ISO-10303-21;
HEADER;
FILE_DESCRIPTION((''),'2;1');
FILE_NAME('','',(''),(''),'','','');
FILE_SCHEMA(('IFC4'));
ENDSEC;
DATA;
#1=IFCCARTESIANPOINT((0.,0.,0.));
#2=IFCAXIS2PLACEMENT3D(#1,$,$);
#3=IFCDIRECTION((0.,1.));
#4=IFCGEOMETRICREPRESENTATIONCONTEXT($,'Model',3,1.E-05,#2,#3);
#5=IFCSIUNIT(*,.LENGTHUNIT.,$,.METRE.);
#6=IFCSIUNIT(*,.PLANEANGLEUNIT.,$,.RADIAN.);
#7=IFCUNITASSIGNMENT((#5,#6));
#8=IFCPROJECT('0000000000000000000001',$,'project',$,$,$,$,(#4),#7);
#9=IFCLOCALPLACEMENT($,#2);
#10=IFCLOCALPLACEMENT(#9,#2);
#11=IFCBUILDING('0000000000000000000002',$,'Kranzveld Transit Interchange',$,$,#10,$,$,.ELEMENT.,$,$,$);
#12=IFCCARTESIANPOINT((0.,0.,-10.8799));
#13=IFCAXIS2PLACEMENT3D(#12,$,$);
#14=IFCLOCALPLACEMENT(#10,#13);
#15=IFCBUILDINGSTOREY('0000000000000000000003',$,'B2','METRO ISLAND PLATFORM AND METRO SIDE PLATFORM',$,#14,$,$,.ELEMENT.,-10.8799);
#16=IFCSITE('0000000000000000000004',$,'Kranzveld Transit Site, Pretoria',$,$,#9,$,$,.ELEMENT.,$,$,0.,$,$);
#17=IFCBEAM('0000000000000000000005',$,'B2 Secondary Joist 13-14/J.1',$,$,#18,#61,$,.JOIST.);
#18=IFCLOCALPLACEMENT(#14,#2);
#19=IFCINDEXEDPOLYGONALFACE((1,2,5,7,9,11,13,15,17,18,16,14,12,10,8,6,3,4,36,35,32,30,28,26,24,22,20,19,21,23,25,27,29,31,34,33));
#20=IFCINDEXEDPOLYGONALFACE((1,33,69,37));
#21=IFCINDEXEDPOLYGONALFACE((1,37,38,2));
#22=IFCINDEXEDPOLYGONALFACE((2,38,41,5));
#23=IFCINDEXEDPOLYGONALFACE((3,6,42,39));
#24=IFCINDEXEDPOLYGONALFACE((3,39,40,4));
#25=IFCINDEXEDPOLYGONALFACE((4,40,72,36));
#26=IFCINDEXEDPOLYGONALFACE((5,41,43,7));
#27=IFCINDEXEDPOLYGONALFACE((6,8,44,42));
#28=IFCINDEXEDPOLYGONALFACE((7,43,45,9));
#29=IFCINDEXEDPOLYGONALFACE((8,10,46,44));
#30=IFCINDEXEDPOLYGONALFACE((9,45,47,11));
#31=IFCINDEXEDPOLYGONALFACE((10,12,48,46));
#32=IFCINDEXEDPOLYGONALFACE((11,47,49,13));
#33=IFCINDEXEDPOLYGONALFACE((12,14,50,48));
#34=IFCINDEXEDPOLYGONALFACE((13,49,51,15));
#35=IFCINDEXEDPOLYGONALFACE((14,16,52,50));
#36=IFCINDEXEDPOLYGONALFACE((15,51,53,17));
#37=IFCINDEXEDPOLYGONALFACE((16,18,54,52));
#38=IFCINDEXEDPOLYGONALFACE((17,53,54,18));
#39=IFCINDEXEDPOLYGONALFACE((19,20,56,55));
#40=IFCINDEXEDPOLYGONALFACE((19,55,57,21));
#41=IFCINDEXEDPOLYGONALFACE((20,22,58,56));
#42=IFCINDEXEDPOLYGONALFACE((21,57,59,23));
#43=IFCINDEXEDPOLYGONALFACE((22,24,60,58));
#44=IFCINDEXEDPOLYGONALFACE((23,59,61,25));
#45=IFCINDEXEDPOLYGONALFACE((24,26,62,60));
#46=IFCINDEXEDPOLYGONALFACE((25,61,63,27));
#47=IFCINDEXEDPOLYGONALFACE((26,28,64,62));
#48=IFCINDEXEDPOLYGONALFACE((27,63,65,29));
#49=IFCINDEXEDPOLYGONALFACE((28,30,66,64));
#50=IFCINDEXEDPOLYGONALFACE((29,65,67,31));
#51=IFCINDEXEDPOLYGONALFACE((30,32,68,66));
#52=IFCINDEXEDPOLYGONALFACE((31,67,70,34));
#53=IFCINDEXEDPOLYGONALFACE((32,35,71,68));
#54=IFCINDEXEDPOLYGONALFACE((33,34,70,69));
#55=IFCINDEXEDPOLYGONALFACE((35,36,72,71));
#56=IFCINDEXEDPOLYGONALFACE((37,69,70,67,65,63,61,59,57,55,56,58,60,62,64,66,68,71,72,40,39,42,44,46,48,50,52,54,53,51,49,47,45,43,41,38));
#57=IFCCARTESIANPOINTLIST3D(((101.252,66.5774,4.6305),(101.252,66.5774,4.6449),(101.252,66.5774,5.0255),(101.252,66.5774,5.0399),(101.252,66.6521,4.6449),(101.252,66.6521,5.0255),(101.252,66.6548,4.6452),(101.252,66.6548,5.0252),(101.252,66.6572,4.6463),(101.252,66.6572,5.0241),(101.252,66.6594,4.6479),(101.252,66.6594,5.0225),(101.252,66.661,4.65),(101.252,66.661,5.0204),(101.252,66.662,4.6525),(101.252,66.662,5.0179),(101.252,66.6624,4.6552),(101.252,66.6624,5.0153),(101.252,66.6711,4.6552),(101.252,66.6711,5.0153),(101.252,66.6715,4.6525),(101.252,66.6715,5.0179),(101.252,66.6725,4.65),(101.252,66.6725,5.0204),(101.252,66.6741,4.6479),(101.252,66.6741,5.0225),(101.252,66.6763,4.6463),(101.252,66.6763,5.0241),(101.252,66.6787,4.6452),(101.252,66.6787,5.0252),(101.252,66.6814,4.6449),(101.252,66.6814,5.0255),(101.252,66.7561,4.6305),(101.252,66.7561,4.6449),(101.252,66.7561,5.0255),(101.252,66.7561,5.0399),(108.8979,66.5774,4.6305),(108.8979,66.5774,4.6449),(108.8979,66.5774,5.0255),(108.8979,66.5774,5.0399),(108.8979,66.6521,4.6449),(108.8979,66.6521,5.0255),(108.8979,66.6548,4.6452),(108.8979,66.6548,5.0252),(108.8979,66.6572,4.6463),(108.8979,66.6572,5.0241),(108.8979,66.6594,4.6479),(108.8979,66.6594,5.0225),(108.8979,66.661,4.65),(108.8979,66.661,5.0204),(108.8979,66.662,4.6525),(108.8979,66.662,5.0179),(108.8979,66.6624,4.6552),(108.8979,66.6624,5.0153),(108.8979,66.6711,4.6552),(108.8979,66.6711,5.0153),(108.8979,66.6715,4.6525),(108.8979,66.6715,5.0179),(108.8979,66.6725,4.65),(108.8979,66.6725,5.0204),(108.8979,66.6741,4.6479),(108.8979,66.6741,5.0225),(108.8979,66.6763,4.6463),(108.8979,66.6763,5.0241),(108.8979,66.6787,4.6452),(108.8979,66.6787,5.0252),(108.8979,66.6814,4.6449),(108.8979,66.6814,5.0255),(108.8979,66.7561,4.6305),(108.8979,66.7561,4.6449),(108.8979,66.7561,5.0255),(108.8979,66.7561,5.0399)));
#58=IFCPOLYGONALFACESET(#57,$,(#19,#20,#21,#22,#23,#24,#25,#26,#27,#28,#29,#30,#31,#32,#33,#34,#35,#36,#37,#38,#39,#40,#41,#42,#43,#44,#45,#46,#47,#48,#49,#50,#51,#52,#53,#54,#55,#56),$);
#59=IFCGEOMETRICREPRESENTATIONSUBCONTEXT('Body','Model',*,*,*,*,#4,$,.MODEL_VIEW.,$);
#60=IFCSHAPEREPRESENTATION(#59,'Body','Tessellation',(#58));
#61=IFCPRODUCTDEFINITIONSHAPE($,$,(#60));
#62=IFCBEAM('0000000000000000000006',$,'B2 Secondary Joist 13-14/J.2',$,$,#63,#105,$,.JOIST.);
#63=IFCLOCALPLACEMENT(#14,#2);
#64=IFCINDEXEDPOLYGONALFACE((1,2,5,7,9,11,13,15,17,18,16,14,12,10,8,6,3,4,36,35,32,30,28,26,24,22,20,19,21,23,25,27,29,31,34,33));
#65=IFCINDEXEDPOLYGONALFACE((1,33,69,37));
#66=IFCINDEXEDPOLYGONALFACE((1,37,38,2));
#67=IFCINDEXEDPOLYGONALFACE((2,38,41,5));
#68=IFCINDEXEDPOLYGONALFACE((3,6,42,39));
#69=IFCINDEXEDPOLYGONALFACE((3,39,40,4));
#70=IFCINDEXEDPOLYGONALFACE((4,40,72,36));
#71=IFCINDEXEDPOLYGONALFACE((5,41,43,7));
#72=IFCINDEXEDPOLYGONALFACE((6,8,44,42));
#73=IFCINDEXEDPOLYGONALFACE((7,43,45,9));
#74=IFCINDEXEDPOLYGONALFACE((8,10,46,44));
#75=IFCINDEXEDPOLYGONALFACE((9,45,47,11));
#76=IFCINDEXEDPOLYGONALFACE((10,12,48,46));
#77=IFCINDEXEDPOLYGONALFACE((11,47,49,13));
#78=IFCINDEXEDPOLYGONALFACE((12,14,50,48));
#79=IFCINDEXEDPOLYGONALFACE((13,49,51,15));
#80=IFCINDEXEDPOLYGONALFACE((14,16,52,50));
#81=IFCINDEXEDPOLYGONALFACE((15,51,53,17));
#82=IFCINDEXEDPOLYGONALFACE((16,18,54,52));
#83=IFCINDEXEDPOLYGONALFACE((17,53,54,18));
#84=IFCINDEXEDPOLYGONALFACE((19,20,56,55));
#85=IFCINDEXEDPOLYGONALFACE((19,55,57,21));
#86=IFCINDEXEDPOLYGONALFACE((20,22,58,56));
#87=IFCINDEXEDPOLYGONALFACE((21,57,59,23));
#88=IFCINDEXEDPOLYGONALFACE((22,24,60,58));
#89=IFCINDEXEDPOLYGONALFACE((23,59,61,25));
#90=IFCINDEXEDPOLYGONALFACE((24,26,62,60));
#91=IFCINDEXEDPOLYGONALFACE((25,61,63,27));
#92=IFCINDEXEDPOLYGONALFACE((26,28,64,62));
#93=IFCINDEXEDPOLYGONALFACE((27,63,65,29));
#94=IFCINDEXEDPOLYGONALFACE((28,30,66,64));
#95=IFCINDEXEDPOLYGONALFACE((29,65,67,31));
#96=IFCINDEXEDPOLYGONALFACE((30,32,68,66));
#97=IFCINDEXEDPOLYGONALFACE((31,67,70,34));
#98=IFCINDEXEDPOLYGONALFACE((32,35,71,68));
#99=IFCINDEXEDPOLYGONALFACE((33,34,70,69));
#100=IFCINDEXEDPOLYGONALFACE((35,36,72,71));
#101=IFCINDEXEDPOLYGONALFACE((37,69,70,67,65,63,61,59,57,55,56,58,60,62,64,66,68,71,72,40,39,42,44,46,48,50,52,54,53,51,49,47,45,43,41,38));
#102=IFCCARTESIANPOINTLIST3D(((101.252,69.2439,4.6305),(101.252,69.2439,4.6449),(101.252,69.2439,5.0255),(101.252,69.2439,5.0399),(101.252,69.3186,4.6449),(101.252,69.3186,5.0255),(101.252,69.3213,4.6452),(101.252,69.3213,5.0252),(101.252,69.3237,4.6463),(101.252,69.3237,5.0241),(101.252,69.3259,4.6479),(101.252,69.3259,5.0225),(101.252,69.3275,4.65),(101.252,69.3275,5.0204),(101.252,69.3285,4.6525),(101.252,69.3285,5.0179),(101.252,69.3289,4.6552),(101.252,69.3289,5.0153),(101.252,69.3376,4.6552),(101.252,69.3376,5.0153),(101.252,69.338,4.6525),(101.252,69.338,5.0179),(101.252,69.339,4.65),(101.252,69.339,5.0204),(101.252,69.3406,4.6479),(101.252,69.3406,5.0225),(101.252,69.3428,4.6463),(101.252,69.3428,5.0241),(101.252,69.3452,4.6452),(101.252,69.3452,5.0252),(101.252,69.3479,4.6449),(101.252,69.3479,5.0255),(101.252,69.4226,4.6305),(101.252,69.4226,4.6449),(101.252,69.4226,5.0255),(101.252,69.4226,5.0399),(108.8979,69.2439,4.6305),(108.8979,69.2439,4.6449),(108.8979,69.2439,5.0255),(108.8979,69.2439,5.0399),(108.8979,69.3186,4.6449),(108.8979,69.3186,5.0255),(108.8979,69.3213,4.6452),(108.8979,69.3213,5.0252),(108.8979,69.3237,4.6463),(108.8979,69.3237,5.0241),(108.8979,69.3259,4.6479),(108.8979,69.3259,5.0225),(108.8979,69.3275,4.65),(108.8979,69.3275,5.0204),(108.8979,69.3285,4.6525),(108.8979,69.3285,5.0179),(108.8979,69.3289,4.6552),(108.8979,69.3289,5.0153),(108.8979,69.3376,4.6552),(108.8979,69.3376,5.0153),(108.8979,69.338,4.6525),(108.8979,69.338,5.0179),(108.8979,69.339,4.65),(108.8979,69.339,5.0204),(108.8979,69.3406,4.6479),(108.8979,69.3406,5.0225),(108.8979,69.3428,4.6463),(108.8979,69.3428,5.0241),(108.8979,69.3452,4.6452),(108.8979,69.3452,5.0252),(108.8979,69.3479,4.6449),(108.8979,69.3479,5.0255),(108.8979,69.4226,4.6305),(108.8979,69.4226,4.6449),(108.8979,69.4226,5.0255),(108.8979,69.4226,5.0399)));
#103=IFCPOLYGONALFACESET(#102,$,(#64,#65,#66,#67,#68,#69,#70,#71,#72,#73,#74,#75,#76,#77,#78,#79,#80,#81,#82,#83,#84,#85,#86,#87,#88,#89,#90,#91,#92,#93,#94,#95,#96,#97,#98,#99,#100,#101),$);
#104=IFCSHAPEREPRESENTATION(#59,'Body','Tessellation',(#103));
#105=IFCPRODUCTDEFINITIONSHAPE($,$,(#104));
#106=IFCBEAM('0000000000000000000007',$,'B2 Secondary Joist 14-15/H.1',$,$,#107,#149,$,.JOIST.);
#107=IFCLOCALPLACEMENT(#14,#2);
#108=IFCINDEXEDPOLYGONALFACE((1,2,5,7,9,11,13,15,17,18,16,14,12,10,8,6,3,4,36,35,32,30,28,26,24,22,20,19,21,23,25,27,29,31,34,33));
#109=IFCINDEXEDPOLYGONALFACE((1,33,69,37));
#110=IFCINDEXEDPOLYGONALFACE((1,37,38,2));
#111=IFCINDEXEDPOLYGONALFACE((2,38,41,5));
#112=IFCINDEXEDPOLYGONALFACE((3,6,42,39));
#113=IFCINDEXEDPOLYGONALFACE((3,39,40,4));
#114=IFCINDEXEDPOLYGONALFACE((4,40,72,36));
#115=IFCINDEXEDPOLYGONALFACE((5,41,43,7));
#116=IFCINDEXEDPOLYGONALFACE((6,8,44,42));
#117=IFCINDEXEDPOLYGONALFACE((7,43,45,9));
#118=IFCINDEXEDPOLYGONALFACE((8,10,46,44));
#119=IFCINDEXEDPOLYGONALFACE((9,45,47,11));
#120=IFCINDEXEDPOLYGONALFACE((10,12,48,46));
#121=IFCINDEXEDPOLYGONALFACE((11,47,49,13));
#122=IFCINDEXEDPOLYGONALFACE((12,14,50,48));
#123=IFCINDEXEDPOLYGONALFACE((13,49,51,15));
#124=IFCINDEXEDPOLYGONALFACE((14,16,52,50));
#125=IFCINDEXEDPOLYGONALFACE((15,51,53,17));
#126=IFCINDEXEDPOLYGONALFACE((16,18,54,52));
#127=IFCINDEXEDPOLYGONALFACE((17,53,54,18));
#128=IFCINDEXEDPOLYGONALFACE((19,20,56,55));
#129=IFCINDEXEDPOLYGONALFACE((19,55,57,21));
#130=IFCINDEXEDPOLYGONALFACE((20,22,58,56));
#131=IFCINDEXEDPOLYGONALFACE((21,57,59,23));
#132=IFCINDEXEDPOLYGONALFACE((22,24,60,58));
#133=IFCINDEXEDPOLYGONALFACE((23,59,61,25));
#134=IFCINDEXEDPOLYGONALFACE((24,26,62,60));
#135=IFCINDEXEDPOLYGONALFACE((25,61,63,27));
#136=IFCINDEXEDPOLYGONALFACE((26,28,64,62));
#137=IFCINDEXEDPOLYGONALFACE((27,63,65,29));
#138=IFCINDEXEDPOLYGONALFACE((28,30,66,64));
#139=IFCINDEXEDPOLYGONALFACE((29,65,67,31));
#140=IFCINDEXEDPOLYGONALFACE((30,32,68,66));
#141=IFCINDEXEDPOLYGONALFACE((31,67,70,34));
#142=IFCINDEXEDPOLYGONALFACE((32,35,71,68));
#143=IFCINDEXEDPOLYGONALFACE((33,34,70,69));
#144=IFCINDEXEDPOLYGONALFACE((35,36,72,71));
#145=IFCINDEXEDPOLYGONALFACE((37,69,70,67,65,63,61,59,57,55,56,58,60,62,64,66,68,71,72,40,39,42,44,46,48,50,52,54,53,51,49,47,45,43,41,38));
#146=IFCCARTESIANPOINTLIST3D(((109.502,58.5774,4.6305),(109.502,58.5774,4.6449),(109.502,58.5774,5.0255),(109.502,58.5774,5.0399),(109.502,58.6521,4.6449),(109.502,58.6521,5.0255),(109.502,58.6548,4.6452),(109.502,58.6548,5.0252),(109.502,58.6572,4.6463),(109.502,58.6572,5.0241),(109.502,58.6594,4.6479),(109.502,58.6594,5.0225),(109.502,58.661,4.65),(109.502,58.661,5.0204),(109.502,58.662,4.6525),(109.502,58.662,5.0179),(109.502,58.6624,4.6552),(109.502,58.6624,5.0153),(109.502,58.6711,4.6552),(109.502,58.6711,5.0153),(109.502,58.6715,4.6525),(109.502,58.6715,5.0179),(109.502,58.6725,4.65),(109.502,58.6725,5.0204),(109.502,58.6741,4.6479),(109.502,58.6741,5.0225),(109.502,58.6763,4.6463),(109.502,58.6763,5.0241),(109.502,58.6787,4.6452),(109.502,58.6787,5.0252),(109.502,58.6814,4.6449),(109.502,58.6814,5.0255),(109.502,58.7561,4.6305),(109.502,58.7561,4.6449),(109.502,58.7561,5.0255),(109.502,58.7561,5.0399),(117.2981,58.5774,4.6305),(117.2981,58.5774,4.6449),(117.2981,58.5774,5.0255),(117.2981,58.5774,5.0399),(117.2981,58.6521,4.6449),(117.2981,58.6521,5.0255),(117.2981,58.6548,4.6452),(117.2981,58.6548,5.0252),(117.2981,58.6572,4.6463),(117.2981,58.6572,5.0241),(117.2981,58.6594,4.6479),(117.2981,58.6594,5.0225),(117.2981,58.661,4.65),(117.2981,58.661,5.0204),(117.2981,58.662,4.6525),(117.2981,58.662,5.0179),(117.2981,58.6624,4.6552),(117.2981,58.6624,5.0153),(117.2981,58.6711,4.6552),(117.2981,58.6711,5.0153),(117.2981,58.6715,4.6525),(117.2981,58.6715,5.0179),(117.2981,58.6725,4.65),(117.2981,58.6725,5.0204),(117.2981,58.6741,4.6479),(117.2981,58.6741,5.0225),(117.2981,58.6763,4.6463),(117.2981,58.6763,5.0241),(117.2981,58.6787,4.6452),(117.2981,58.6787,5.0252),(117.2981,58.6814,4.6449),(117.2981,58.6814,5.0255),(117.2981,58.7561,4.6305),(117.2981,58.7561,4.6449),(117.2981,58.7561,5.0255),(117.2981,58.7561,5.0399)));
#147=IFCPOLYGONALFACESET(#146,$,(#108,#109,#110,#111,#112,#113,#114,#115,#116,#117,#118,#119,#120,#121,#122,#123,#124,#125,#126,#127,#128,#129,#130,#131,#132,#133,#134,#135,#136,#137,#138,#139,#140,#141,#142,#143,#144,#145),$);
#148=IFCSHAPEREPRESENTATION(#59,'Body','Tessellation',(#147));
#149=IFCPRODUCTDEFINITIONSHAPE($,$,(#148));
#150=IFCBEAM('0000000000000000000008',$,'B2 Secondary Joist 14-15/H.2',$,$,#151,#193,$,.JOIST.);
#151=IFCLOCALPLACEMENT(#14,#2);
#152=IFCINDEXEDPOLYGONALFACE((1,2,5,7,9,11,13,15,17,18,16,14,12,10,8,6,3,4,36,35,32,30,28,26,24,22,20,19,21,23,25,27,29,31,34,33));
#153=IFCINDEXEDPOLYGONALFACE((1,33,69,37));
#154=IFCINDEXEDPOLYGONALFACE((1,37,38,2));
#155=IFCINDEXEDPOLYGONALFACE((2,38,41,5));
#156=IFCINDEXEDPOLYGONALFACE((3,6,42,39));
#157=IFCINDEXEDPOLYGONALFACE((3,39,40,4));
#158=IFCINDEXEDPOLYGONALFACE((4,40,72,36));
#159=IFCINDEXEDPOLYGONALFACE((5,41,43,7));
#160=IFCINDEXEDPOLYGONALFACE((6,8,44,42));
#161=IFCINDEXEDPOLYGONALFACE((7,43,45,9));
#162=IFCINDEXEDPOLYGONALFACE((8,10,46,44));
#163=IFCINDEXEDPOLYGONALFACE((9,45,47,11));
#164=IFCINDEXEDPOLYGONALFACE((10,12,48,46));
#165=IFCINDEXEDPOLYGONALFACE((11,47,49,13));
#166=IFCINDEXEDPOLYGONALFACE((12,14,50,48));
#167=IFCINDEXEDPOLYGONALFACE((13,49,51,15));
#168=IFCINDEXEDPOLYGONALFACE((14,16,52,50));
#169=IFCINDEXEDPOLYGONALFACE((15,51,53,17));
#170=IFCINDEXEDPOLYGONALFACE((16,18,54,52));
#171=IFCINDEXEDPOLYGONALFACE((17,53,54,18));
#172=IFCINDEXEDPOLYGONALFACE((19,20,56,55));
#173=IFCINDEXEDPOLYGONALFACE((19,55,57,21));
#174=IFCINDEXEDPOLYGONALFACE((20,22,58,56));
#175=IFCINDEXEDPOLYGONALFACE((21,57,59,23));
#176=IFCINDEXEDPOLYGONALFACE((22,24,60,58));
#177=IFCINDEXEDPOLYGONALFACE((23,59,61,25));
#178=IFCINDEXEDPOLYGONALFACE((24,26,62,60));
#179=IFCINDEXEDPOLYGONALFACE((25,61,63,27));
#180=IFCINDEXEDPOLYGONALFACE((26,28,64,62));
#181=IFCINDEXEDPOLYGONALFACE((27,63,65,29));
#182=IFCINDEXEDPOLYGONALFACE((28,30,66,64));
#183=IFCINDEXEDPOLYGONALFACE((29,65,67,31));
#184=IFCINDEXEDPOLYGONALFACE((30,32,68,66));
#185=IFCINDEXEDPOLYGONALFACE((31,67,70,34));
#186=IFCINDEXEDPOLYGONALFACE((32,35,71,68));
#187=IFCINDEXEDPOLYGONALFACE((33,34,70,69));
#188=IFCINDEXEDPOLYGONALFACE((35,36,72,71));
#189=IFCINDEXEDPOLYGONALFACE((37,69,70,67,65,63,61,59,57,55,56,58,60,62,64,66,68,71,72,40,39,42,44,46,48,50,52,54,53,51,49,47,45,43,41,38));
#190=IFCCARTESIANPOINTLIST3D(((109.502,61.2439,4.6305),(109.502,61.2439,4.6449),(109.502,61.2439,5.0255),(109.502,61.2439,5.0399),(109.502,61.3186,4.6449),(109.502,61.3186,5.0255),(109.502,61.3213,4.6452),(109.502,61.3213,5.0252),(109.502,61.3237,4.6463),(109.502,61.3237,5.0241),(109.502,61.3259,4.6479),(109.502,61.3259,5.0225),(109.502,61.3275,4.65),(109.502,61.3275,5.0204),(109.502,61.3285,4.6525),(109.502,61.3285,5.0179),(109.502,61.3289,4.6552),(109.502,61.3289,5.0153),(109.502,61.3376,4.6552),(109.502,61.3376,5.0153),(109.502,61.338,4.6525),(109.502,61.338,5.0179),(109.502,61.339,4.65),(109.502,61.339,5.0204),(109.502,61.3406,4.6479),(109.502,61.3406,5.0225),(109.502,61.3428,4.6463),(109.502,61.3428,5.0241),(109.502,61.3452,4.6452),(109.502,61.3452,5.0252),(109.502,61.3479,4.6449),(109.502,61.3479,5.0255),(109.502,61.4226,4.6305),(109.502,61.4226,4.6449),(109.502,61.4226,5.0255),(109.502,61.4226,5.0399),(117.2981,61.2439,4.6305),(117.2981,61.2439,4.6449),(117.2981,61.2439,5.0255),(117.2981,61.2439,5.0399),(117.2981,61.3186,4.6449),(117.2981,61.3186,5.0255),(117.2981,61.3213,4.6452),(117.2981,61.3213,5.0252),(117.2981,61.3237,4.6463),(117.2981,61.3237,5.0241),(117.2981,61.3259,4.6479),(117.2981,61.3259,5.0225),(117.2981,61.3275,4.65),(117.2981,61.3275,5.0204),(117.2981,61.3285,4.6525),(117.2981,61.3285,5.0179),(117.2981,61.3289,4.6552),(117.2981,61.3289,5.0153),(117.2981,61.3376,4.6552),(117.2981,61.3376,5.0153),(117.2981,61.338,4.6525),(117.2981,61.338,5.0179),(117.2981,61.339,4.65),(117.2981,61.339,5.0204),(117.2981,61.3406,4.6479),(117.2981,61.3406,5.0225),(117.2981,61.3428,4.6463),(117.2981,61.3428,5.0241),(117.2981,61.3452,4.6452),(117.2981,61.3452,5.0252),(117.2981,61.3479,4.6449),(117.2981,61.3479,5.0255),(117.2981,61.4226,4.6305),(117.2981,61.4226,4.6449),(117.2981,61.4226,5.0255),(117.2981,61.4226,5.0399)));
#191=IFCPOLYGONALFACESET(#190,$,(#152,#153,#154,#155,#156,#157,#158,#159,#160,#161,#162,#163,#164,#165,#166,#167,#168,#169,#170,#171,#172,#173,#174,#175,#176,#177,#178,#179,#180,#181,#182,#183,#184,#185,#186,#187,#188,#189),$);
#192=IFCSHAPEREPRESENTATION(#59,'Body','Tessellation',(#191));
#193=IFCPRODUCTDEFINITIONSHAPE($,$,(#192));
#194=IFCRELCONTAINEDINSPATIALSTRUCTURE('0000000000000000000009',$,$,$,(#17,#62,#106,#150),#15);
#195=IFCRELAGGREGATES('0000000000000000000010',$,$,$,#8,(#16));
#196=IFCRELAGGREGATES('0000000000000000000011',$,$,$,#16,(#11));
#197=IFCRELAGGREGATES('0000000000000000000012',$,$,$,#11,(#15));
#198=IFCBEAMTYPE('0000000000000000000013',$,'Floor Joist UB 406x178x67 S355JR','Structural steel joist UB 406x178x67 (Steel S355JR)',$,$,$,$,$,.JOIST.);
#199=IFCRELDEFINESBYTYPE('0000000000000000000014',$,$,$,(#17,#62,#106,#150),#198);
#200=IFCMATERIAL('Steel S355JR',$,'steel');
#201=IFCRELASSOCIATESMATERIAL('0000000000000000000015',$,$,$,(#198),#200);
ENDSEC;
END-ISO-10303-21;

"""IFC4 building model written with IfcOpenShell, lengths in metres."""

from ifc_helpers import new_model, si_unit, direction, frame, origin, origin_2d, place, context, subcontext, project, spatial, i_section, extrude, material, material_profile, profile_set, type_object, element, save


model = new_model("IFC4")

# Units and contexts
model_context = context("Model", 3, precision=1e-05, world=origin(), true_north=direction((0.0, 1.0)))
body_context = subcontext(model_context, "Body", "Model", "MODEL_VIEW")
ifc_project = project(units=[si_unit("LENGTHUNIT", "METRE"), si_unit("PLANEANGLEUNIT", "RADIAN")], contexts=[model_context])

# Site, building, storey
site_placement = place(None, origin())
site = spatial("IfcSite", under=ifc_project, at=site_placement, Name="Kranzveld Transit Site, Pretoria", CompositionType="ELEMENT", RefElevation=0.0)
building_placement = place(site_placement, origin())
building = spatial("IfcBuilding", under=site, at=building_placement, Name="Kranzveld Transit Interchange", CompositionType="ELEMENT")
storey_placement = place(building_placement, frame((0.0, 0.0, -10.8799)))
storey = spatial("IfcBuildingStorey", under=building, at=storey_placement, Name="B2", Description="METRO ISLAND PLATFORM AND METRO SIDE PLATFORM", CompositionType="ELEMENT", Elevation=-10.8799)

# Beams
ifc_material_1 = material(Name="Steel S355JR", Category="steel")
ifc_material_profile_1 = material_profile(ifc_material_1, i_section(OverallWidth=0.1787, OverallDepth=0.4094, WebThickness=0.0088, FlangeThickness=0.0144, FilletRadius=0.0103, at=origin_2d()), Name="UB 406x178x67")
ifc_profile_set_1 = profile_set([ifc_material_profile_1], Name="Steel S355JR")
beam_type_1 = type_object("IfcBeamType", Name="Floor Joist UB 406x178x67 S355JR", Description="Structural steel joist UB 406x178x67 (Steel S355JR)", PredefinedType="JOIST", material=ifc_profile_set_1)
for number, where, z_axis, x_axis, name in (
    (1, (101.252, 66.6667, 4.8352), (1.0, 0.0, 0.0), (0.0, 1.0, 0.0), "B2 Secondary Joist 13-14/J.1"),
    (2, (101.252, 69.3333, 4.8352), (1.0, 0.0, 0.0), (0.0, 1.0, 0.0), "B2 Secondary Joist 13-14/J.2"),
):
    element("IfcBeam", number, at=place(storey_placement, frame(where, z_axis=z_axis, x_axis=x_axis)), inside=storey, type_object=beam_type_1, Name=name, PredefinedType="JOIST", context=body_context, shape_type="SweptSolid", body=[
        extrude(i_section(OverallWidth=0.1787, OverallDepth=0.4094, WebThickness=0.0088, FlangeThickness=0.0144, FilletRadius=0.0103, at=origin_2d()), origin(), (0.0, 0.0, 1.0), 7.646),
    ])
for number, where, z_axis, x_axis, name in (
    (3, (109.502, 58.6667, 4.8352), (1.0, 0.0, 0.0), (0.0, 1.0, 0.0), "B2 Secondary Joist 14-15/H.1"),
    (4, (109.502, 61.3333, 4.8352), (1.0, 0.0, 0.0), (0.0, 1.0, 0.0), "B2 Secondary Joist 14-15/H.2"),
):
    element("IfcBeam", number, at=place(storey_placement, frame(where, z_axis=z_axis, x_axis=x_axis)), inside=storey, type_object=beam_type_1, Name=name, PredefinedType="JOIST", context=body_context, shape_type="SweptSolid", body=[
        extrude(i_section(OverallWidth=0.1787, OverallDepth=0.4094, WebThickness=0.0088, FlangeThickness=0.0144, FilletRadius=0.0103, at=origin_2d()), origin(), (0.0, 0.0, 1.0), 7.7961),
    ])

save(model, "model.ifc")
